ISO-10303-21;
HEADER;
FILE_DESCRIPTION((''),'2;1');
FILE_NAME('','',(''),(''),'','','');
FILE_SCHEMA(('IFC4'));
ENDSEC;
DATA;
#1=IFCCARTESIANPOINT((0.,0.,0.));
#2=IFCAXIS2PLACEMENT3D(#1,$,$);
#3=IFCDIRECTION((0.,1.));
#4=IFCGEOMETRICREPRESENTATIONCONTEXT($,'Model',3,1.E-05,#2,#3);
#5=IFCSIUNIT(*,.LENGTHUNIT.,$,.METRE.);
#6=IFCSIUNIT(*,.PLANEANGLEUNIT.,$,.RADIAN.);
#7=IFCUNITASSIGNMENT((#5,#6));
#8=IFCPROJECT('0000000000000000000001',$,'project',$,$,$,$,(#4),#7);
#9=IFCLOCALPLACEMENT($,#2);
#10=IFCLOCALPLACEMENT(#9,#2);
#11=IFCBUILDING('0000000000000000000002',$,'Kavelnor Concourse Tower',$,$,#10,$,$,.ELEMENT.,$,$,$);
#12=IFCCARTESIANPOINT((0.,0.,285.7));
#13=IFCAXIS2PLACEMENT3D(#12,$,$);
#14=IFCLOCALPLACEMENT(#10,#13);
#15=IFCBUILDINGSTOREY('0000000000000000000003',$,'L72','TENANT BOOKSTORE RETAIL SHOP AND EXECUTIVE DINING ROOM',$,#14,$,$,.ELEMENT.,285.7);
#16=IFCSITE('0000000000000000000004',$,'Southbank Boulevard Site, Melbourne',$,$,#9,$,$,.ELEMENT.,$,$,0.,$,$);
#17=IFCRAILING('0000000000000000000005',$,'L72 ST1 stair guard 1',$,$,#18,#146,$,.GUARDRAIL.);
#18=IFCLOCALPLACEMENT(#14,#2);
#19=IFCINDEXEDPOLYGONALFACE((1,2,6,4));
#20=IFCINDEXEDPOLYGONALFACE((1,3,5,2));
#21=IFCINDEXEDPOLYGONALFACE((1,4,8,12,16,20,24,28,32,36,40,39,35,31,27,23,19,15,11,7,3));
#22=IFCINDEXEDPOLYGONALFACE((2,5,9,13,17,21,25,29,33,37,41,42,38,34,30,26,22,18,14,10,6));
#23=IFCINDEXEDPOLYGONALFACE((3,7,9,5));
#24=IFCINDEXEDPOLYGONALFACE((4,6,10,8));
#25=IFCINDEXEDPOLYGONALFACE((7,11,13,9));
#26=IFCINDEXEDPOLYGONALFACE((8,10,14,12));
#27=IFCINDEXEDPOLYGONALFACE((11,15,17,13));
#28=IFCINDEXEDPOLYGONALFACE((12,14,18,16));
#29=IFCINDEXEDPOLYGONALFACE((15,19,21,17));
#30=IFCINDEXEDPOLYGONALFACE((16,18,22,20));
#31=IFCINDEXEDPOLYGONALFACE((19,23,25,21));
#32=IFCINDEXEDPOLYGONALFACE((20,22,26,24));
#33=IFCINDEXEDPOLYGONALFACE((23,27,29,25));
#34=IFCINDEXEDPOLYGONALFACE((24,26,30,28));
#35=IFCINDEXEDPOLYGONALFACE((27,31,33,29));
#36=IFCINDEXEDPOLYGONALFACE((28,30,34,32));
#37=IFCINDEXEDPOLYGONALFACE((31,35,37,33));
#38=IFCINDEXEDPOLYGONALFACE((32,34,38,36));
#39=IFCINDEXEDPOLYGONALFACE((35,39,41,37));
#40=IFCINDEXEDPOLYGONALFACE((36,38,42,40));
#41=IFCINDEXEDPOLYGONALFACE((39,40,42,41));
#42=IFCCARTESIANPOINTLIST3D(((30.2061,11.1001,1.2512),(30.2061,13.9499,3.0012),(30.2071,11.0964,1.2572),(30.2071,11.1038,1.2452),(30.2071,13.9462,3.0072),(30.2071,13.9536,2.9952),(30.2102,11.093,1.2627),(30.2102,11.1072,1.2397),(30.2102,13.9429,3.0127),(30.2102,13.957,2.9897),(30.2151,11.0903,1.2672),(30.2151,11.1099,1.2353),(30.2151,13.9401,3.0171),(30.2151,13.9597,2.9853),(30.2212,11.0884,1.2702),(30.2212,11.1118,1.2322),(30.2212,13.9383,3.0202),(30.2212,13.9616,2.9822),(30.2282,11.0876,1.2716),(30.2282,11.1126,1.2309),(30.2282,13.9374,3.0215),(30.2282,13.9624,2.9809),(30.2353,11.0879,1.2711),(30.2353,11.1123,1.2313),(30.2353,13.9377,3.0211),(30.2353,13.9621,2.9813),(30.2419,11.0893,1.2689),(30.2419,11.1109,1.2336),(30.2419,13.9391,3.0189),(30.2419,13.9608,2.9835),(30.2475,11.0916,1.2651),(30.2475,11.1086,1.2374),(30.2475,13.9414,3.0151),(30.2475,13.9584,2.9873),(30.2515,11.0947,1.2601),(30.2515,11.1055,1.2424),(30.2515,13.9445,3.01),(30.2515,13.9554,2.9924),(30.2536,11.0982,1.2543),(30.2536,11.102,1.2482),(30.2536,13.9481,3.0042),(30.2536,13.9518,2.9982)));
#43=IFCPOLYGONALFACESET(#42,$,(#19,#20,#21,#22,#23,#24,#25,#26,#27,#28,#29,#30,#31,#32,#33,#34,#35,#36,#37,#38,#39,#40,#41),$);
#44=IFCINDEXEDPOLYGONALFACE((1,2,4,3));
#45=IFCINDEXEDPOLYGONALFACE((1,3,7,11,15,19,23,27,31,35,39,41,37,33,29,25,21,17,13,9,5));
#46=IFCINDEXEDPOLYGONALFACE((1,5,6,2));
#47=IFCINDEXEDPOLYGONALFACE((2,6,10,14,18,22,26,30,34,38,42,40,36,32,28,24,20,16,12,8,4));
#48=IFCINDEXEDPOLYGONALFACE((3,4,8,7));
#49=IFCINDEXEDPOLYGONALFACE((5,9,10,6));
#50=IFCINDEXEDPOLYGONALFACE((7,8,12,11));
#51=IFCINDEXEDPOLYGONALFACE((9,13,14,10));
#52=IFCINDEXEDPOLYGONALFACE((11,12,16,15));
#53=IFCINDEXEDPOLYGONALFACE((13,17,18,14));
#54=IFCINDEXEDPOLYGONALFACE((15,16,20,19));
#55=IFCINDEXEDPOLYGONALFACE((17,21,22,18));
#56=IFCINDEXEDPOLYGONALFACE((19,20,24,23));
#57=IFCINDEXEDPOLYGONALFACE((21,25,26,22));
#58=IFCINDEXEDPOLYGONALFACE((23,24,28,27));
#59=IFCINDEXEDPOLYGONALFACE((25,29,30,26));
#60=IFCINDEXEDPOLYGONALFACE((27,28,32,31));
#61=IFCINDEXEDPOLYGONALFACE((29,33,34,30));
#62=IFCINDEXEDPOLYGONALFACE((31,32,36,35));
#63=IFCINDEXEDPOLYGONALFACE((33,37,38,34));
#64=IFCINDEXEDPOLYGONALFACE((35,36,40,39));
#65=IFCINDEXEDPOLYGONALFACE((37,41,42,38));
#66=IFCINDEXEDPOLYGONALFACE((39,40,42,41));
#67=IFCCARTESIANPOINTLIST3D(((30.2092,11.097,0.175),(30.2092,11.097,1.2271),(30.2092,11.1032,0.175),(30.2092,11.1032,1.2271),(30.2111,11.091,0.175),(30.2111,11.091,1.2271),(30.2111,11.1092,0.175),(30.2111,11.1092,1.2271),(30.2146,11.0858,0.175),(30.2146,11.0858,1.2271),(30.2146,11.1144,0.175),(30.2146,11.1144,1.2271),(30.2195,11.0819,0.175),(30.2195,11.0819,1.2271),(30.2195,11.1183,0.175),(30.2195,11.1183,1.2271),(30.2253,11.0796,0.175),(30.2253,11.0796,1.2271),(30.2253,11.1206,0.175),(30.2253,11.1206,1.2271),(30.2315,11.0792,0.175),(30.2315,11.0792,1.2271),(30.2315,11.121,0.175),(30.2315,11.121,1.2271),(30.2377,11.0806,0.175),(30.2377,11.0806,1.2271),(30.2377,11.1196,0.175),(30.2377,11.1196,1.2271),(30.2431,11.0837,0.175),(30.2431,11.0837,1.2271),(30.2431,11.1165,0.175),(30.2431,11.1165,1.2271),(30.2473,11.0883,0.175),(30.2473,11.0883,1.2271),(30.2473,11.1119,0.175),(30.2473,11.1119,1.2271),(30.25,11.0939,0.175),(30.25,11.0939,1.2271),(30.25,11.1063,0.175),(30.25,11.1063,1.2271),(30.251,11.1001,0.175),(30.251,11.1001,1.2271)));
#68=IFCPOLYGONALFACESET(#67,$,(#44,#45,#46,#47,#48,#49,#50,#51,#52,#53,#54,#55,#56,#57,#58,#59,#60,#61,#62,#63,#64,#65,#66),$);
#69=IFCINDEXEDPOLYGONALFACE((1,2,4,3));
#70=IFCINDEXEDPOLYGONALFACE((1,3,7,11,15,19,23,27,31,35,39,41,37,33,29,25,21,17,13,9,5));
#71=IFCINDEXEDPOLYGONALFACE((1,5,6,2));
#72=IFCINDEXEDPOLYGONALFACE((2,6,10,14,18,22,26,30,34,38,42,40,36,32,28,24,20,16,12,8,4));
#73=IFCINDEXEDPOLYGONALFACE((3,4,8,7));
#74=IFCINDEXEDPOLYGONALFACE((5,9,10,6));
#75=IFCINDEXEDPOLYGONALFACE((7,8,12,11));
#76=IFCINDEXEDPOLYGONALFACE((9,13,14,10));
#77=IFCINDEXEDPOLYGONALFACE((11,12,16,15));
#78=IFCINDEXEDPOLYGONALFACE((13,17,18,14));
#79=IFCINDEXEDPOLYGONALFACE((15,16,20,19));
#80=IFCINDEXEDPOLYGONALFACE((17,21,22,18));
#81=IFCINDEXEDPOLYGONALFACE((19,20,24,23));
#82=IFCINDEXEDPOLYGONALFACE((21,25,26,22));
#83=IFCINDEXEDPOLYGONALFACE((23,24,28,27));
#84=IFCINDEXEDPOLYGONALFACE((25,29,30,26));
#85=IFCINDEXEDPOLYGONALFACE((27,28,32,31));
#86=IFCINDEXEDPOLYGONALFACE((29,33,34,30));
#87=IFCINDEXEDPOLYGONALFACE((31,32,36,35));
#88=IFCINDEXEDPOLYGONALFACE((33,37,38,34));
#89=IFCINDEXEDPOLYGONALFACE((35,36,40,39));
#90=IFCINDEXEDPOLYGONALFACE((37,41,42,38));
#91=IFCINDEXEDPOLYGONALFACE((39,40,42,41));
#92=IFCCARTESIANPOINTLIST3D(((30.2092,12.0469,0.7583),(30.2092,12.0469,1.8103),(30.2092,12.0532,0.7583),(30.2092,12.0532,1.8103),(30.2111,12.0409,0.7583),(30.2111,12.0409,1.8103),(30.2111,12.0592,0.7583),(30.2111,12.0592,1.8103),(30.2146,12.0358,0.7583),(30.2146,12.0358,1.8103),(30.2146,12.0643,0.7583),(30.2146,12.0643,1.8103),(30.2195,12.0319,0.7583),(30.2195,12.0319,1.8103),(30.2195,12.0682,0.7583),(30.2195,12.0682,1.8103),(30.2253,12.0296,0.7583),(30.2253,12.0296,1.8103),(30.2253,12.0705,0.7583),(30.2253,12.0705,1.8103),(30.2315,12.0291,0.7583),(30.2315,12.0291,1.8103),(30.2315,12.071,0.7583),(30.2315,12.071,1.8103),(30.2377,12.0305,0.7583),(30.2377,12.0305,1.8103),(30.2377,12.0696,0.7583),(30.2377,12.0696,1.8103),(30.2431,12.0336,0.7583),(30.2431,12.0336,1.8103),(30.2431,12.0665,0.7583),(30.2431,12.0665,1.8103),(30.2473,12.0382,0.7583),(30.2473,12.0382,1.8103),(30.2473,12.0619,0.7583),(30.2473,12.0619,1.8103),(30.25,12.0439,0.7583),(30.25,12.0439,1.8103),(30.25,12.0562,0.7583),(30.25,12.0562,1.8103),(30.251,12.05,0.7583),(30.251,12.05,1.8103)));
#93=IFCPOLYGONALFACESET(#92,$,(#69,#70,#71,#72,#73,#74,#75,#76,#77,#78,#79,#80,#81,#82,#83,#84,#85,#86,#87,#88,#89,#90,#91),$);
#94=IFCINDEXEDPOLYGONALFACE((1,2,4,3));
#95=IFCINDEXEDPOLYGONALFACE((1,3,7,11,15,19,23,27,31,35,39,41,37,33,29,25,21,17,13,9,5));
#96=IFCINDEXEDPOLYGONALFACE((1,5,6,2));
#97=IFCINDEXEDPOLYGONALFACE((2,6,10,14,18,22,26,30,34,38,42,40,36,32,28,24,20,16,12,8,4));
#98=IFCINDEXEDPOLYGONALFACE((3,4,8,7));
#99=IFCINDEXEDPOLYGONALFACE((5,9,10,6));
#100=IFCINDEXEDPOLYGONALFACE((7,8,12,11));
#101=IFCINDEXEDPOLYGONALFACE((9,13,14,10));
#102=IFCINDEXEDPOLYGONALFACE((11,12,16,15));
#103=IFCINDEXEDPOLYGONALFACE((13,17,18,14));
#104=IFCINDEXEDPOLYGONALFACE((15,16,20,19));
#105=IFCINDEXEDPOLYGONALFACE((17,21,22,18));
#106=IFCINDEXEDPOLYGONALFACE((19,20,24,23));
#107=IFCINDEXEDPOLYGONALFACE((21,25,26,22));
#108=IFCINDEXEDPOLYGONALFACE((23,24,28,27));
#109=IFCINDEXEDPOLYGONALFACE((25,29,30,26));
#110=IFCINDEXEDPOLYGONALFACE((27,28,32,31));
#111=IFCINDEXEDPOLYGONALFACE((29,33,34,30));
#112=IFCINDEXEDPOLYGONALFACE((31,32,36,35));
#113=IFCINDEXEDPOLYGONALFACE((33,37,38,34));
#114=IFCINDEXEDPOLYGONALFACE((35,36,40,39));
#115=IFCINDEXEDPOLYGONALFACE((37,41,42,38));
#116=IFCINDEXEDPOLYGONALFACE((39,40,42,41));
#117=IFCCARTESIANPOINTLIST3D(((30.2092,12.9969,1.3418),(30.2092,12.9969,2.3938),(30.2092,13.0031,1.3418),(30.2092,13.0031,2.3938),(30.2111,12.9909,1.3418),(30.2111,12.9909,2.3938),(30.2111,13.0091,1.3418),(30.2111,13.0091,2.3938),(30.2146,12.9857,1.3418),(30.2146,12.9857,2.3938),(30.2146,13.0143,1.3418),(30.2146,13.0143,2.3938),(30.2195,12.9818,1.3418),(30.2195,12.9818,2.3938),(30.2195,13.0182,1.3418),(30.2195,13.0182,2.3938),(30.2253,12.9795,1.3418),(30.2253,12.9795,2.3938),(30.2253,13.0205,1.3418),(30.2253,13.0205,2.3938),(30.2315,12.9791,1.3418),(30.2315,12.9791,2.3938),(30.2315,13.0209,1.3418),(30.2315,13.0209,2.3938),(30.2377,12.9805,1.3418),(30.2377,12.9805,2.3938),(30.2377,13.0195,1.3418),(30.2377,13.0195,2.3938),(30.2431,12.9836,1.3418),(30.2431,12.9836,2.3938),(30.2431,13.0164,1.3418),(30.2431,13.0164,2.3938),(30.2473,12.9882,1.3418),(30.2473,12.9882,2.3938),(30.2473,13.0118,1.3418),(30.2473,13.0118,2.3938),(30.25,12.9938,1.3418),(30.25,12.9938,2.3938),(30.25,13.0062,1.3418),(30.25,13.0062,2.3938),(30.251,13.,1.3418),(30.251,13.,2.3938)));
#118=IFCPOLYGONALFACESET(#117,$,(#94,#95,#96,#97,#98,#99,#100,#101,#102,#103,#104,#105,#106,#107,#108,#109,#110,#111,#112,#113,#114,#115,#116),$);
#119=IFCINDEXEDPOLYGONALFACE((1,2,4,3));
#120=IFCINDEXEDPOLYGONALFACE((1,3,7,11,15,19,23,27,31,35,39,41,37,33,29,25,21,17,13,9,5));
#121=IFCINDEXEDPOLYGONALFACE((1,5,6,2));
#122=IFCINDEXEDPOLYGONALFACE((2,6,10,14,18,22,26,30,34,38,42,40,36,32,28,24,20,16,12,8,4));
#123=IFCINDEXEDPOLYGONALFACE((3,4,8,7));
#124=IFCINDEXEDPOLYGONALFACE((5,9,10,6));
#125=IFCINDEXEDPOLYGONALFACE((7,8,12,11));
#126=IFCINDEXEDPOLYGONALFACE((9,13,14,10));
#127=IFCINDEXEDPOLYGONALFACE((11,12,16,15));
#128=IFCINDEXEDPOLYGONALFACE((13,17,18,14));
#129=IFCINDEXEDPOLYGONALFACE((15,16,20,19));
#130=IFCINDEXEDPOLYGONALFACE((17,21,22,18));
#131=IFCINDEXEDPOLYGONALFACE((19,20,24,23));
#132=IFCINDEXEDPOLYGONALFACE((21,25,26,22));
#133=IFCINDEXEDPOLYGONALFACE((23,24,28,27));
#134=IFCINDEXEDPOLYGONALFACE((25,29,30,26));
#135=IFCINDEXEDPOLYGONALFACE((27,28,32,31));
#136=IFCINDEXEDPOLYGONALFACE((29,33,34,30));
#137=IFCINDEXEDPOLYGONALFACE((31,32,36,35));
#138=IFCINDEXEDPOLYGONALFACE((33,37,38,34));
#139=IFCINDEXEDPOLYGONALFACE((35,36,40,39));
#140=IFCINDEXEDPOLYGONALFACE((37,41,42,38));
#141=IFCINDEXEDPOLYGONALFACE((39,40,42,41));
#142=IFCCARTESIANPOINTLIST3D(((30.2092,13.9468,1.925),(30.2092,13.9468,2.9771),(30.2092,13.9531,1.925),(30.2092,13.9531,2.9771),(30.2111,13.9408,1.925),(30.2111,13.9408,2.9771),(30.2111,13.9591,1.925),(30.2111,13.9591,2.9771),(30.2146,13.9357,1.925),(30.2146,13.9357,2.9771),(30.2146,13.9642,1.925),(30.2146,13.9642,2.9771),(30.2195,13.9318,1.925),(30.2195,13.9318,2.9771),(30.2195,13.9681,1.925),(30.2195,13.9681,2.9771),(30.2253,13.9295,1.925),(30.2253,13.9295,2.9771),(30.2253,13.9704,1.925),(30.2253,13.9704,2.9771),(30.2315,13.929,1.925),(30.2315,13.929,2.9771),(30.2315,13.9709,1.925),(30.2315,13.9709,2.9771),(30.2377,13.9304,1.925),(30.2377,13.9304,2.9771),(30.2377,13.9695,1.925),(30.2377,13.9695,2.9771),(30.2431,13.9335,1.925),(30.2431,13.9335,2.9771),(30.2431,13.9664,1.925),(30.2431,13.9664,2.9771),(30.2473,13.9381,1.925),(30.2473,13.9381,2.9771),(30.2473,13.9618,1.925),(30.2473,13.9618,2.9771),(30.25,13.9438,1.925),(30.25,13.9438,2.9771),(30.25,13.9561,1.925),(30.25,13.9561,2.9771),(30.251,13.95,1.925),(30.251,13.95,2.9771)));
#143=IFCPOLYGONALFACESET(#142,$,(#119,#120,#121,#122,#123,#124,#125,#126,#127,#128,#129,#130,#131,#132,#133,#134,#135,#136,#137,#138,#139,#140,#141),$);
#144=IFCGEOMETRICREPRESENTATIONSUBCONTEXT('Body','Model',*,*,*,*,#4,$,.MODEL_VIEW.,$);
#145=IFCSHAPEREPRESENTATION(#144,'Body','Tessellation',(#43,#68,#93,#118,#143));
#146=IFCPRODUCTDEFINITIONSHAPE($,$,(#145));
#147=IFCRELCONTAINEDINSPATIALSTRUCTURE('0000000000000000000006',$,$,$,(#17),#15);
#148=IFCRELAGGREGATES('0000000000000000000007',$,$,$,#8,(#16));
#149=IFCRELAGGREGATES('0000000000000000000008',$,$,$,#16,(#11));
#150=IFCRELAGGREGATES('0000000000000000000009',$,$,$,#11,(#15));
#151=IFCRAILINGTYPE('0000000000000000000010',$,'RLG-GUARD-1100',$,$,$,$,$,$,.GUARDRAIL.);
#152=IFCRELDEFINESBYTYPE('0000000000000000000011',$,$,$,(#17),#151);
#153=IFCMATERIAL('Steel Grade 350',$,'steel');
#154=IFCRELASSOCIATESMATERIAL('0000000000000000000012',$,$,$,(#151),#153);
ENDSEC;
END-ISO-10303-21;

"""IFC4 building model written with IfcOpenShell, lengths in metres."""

from ifc_helpers import new_model, si_unit, direction, frame, origin, origin_2d, place, context, subcontext, project, spatial, circle, extrude, material, type_object, element, save


model = new_model("IFC4")

# Units and contexts
model_context = context("Model", 3, precision=1e-05, world=origin(), true_north=direction((0.0, 1.0)))
body_context = subcontext(model_context, "Body", "Model", "MODEL_VIEW")
ifc_project = project(units=[si_unit("LENGTHUNIT", "METRE"), si_unit("PLANEANGLEUNIT", "RADIAN")], contexts=[model_context])

# Site, building, storey
site_placement = place(None, origin())
site = spatial("IfcSite", under=ifc_project, at=site_placement, Name="Southbank Boulevard Site, Melbourne", CompositionType="ELEMENT", RefElevation=0.0)
building_placement = place(site_placement, origin())
building = spatial("IfcBuilding", under=site, at=building_placement, Name="Kavelnor Concourse Tower", CompositionType="ELEMENT")
storey_placement = place(building_placement, frame((0.0, 0.0, 285.7)))
storey = spatial("IfcBuildingStorey", under=building, at=storey_placement, Name="L72", Description="TENANT BOOKSTORE RETAIL SHOP AND EXECUTIVE DINING ROOM", CompositionType="ELEMENT", Elevation=285.7)

# Shared definitions
ifc_material_1 = material(Name="Steel Grade 350", Category="steel")

# Railing
railing_type_1 = type_object("IfcRailingType", Name="RLG-GUARD-1100", PredefinedType="GUARDRAIL", material=ifc_material_1)
railing_1_placement = place(storey_placement, frame((30.23, 11.1001, 0.175)))
element("IfcRailing", 1, at=railing_1_placement, inside=storey, type_object=railing_type_1, Name="L72 ST1 stair guard 1", PredefinedType="GUARDRAIL", context=body_context, shape_type="SweptSolid", body=[
    extrude(circle(Radius=0.0239, at=origin_2d()), frame((0.0, 0.0, 1.0762), z_axis=(0.0, 0.852159, 0.523283), x_axis=(-1.0, 0.0, 0.0)), (0.0, 0.0, 1.0), 3.3442),
    extrude(circle(Radius=0.021, at=origin_2d()), origin(), (0.0, 0.0, 1.0), 1.052),
    extrude(circle(Radius=0.021, at=origin_2d()), frame((0.0, 0.95, 0.5833)), (0.0, 0.0, 1.0), 1.052),
    extrude(circle(Radius=0.021, at=origin_2d()), frame((0.0, 1.8999, 1.1667)), (0.0, 0.0, 1.0), 1.052),
    extrude(circle(Radius=0.021, at=origin_2d()), frame((0.0, 2.8499, 1.75)), (0.0, 0.0, 1.0), 1.052),
])

save(model, "model.ifc")
